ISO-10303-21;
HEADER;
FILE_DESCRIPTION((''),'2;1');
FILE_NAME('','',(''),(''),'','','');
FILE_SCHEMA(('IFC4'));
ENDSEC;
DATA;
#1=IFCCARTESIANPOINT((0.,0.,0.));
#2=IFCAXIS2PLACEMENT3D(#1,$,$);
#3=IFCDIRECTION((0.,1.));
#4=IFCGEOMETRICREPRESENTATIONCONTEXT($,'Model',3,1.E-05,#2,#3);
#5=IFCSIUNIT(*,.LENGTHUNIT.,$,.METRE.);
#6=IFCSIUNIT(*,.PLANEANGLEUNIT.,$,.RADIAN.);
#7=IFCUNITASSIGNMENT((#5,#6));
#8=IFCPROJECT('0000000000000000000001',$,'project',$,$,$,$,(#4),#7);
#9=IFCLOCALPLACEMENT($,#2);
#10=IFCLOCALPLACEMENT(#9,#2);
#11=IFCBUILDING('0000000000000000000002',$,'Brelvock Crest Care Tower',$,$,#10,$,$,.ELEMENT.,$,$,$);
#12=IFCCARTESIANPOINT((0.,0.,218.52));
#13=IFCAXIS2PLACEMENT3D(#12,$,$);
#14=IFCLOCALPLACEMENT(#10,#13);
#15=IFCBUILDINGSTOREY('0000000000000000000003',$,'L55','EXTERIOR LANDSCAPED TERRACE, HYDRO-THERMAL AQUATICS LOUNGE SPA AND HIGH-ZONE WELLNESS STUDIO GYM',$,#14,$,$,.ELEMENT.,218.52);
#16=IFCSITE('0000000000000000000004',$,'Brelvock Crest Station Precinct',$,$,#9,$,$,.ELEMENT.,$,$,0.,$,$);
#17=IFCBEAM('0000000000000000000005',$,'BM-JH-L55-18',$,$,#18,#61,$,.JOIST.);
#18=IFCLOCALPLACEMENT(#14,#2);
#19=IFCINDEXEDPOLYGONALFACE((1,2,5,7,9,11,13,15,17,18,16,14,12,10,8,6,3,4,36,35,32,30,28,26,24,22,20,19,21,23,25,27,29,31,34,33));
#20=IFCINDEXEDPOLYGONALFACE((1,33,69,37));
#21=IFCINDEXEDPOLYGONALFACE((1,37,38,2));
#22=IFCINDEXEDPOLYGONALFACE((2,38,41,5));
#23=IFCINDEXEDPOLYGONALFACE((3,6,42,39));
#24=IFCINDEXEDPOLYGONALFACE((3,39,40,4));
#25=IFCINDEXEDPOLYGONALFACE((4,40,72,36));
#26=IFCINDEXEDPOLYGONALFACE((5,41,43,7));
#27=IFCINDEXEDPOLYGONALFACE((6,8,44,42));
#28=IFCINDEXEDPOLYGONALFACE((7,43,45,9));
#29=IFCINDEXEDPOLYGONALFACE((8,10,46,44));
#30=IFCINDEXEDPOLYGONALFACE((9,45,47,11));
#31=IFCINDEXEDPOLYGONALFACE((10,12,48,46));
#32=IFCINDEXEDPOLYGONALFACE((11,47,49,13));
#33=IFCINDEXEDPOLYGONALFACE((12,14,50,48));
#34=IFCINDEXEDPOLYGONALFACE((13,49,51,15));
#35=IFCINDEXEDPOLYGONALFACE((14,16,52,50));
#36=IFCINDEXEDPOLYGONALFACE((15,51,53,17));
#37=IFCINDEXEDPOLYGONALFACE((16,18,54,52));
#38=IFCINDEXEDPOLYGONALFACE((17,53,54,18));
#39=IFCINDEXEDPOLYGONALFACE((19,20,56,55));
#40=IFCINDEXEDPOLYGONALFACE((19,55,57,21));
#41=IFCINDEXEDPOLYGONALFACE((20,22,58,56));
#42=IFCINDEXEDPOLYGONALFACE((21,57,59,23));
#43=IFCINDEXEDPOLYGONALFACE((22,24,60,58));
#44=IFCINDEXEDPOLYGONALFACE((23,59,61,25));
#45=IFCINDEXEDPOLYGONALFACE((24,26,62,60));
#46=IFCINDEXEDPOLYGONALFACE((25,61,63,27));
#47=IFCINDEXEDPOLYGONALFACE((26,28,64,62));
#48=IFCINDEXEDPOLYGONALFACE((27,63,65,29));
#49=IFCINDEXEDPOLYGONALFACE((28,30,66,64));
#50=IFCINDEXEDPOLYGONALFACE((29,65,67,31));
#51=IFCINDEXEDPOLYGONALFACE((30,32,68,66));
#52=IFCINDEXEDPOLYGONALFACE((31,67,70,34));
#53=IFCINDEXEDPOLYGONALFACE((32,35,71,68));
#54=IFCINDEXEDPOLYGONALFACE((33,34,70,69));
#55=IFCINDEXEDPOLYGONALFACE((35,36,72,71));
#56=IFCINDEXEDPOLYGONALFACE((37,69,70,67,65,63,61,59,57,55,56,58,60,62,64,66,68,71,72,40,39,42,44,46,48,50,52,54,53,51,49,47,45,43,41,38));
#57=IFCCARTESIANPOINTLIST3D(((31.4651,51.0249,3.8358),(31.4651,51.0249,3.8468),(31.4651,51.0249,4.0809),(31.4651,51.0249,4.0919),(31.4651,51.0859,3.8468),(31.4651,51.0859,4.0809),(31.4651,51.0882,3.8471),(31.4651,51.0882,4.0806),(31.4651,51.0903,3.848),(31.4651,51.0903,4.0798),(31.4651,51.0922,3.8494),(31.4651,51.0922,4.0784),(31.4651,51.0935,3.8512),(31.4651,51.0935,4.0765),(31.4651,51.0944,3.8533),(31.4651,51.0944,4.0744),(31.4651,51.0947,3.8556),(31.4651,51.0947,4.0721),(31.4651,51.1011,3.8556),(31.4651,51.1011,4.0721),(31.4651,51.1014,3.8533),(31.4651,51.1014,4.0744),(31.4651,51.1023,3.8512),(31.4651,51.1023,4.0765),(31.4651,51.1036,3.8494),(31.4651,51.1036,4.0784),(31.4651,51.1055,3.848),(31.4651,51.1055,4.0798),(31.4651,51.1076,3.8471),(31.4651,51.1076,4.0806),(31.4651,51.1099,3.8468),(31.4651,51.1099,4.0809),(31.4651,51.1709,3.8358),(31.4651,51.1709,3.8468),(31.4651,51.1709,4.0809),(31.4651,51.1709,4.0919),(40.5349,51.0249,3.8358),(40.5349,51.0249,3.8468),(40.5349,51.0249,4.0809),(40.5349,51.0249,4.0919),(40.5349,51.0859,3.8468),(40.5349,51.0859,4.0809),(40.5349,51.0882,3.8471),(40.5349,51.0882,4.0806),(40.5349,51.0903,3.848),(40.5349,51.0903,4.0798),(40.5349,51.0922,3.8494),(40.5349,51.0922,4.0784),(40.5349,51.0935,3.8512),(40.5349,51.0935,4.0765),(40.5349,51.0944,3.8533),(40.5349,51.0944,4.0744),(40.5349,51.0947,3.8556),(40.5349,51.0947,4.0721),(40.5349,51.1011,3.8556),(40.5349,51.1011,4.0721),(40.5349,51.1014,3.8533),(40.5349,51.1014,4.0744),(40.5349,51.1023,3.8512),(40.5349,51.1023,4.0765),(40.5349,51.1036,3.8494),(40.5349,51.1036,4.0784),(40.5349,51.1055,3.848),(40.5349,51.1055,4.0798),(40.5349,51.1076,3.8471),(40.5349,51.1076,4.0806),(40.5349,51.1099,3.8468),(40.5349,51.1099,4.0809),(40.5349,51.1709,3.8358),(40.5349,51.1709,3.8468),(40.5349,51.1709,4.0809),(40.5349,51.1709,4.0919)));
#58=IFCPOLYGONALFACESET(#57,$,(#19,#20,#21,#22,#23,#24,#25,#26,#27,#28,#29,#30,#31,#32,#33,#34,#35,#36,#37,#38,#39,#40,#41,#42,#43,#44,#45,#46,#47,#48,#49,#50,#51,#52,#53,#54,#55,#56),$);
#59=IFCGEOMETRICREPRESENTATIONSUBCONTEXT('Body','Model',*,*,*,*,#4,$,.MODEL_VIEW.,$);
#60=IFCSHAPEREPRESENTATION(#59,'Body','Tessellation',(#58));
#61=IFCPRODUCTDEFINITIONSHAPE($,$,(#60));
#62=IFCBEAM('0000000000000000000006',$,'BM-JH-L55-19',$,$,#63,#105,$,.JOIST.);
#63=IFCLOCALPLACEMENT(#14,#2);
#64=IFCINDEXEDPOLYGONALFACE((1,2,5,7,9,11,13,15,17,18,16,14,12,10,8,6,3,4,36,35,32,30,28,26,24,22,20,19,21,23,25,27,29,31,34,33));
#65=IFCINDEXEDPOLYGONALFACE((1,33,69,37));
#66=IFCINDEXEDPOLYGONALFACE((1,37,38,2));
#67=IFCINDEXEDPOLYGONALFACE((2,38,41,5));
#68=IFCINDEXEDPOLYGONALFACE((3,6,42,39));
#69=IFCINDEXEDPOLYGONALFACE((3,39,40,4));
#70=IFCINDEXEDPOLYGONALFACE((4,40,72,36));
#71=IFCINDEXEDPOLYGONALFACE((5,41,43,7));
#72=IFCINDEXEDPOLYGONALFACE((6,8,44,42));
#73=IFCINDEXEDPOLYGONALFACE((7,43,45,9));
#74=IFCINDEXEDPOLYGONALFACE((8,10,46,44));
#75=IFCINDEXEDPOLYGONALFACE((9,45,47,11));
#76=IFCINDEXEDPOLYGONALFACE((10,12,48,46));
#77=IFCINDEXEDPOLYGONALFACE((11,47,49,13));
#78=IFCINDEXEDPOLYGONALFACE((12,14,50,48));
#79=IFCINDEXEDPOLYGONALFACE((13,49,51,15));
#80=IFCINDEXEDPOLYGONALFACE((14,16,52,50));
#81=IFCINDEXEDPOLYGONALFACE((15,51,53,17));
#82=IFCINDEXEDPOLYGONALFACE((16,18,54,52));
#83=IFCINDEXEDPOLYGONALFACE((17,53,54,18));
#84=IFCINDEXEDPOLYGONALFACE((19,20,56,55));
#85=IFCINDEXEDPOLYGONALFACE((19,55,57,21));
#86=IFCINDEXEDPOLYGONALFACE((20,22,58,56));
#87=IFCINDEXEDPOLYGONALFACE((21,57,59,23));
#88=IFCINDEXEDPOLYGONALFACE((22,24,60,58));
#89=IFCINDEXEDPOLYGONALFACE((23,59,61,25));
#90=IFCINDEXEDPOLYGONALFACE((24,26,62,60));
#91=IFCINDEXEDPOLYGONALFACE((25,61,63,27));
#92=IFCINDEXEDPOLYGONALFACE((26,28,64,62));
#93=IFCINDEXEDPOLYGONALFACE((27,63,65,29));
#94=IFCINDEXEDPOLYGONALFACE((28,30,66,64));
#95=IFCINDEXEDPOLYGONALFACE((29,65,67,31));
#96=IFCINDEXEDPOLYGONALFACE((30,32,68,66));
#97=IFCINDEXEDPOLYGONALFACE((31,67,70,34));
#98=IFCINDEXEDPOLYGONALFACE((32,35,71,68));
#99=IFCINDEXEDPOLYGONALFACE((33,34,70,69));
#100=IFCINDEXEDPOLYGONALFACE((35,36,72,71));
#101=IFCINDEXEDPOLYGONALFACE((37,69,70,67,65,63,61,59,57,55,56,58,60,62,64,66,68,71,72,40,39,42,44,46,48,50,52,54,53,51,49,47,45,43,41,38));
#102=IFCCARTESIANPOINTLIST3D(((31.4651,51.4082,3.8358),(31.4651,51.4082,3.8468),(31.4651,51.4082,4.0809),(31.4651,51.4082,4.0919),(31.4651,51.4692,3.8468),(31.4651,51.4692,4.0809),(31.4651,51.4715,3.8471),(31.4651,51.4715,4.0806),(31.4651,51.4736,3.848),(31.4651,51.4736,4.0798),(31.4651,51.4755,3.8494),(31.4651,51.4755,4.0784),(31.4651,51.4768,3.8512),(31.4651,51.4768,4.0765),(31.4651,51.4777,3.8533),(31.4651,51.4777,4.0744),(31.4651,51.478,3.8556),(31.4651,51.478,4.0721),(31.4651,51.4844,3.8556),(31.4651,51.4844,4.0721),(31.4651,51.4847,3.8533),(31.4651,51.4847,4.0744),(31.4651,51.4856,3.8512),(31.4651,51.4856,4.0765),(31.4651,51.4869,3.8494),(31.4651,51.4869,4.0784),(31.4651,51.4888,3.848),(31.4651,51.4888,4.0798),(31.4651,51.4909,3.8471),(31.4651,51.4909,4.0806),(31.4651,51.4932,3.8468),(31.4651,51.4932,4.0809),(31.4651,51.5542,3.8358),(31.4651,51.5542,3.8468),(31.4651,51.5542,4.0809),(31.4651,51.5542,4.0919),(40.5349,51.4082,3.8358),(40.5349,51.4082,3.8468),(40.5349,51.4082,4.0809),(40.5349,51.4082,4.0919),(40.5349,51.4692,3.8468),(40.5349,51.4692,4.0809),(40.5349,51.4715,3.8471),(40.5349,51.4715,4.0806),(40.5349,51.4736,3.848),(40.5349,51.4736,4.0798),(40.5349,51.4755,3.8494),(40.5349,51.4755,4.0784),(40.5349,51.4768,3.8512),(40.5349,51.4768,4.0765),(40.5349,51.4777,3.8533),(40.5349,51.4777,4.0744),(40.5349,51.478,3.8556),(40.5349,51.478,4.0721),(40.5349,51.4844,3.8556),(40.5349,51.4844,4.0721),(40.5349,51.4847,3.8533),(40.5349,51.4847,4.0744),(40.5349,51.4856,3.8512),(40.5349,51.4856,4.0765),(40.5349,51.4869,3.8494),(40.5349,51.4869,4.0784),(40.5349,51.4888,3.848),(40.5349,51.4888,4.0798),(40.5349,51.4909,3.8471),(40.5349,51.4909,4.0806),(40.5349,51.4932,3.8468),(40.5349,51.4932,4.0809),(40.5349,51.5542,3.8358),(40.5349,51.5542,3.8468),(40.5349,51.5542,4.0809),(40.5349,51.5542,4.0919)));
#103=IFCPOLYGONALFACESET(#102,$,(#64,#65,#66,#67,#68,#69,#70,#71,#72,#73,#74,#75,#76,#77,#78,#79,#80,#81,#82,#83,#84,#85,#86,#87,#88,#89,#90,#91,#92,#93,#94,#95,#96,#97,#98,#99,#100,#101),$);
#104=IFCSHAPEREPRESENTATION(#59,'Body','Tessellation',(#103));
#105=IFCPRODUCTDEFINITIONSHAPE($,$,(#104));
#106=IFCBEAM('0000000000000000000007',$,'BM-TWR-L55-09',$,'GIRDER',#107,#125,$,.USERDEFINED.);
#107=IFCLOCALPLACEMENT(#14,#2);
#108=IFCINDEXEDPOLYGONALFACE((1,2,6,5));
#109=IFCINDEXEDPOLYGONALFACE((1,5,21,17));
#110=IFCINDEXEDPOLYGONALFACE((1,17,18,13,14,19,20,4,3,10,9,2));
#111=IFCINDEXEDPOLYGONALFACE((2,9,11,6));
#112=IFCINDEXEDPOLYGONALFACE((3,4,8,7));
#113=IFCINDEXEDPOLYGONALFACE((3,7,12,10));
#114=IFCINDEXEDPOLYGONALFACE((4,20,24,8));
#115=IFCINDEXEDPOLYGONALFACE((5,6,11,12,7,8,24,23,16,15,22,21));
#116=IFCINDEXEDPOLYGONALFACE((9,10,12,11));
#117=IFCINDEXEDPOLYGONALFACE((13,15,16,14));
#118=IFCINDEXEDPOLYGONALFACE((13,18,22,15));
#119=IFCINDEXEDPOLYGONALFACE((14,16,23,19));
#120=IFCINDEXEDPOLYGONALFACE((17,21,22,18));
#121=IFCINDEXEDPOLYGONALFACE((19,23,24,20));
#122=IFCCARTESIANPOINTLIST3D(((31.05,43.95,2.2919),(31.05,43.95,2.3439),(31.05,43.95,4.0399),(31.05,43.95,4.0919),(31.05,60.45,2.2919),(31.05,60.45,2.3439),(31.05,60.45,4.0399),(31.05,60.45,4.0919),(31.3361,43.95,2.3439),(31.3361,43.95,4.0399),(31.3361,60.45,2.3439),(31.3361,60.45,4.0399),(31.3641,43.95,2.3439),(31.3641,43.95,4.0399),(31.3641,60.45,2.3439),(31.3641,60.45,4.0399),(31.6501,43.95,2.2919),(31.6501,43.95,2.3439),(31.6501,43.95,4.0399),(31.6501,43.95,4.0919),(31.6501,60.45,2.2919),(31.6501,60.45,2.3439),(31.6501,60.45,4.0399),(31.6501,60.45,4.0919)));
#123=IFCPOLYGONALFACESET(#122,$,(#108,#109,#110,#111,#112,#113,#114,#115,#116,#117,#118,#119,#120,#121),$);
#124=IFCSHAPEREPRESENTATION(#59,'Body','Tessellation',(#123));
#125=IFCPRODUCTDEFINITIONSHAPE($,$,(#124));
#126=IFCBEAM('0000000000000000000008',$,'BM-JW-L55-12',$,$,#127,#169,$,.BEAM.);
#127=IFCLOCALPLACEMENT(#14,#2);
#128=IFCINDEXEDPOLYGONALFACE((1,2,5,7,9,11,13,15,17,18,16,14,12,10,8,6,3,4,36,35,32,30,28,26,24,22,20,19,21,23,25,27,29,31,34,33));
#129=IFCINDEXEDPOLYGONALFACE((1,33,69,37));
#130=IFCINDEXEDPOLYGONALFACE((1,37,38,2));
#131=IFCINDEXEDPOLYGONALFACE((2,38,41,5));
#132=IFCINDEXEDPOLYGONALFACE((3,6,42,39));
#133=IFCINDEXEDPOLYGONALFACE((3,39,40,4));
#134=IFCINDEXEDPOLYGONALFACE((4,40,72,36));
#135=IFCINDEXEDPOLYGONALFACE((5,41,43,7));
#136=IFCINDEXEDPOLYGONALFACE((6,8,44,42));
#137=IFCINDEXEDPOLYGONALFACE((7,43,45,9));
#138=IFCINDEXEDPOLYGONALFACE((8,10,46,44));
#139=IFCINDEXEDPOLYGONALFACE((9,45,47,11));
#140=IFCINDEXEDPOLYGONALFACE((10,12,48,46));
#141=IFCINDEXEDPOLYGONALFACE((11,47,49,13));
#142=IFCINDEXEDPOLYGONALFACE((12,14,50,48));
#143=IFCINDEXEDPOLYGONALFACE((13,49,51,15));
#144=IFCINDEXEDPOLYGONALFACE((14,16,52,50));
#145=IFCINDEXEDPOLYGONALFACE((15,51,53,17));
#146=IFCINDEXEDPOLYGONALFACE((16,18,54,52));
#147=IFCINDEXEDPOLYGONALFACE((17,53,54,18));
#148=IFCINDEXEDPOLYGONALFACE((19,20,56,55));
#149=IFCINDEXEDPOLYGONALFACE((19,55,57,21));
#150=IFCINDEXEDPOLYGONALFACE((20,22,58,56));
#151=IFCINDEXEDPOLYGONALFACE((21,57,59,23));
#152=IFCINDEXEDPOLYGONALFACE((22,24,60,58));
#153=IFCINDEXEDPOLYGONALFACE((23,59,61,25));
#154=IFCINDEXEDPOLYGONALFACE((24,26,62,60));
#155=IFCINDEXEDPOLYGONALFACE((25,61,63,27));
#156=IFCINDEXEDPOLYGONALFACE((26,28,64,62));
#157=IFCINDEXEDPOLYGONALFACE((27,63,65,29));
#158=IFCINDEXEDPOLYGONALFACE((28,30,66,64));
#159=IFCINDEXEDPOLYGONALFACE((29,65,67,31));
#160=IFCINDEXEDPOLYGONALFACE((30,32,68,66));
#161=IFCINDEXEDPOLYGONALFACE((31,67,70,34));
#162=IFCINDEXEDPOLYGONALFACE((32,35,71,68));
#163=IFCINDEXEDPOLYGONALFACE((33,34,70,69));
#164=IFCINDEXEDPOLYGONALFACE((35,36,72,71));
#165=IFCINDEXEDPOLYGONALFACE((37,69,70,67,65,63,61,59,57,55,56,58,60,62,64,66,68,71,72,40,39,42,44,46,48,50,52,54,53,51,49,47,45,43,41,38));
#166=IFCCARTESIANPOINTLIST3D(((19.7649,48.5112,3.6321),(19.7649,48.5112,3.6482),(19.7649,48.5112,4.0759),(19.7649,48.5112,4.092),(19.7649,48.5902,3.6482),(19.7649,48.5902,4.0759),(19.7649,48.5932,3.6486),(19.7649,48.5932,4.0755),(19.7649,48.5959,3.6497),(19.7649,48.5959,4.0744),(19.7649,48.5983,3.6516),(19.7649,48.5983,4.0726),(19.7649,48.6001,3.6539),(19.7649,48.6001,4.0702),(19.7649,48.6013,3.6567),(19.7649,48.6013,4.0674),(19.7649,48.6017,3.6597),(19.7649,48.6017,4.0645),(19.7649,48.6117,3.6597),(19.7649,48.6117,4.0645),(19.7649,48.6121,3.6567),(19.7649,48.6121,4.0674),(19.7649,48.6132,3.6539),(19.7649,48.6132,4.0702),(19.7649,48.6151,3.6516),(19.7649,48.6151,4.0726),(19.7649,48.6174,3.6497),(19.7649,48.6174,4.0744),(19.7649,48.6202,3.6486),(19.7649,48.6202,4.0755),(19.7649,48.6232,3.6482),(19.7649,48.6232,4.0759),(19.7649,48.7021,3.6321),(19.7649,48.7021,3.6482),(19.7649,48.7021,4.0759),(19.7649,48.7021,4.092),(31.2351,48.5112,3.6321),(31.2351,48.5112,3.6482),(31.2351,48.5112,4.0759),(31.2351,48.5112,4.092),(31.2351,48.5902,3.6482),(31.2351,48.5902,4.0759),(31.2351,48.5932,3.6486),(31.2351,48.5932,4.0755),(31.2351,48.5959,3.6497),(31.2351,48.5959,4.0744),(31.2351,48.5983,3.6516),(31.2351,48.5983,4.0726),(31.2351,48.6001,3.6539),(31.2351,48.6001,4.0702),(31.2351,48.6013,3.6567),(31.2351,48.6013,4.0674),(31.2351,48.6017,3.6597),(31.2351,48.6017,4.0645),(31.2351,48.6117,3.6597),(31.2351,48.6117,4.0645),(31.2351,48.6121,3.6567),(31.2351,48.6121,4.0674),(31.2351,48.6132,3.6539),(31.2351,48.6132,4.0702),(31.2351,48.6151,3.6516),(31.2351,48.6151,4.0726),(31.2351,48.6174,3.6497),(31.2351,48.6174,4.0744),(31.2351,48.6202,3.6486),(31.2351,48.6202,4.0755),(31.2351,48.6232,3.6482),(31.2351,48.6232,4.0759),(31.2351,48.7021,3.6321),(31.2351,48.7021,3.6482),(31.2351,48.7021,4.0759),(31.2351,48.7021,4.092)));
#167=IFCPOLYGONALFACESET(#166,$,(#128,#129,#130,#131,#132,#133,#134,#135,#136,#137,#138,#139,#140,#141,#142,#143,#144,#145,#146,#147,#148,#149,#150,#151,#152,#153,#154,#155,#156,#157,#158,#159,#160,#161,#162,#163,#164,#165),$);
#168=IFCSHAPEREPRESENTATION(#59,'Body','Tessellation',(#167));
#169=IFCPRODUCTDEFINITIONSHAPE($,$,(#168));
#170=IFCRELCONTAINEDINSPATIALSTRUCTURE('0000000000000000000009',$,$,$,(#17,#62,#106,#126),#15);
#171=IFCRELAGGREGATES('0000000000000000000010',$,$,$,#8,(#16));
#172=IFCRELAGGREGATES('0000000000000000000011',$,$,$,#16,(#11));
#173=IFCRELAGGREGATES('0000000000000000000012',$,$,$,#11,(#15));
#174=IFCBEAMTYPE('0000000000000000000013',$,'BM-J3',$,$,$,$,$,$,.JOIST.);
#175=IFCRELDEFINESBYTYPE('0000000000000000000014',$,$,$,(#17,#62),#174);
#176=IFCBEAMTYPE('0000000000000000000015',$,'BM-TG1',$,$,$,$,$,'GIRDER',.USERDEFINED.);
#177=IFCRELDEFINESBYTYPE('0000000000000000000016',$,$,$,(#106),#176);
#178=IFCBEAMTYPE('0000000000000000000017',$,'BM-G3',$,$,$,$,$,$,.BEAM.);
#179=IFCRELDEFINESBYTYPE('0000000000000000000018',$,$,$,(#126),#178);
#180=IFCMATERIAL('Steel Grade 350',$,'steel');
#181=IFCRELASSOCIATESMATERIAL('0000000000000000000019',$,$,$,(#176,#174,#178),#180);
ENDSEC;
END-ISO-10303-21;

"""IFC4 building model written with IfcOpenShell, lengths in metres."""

from ifc_helpers import new_model, si_unit, direction, frame, origin, origin_2d, place, context, subcontext, project, spatial, i_section, extrude, source, transform, mapped, material, material_profile, profile_set, type_object, element, save


model = new_model("IFC4")

# Units and contexts
model_context = context("Model", 3, precision=1e-05, world=origin(), true_north=direction((0.0, 1.0)))
body_context = subcontext(model_context, "Body", "Model", "MODEL_VIEW")
ifc_project = project(units=[si_unit("LENGTHUNIT", "METRE"), si_unit("PLANEANGLEUNIT", "RADIAN")], contexts=[model_context])

# Site, building, storey
site_placement = place(None, origin())
site = spatial("IfcSite", under=ifc_project, at=site_placement, Name="Brelvock Crest Station Precinct", CompositionType="ELEMENT", RefElevation=0.0)
building_placement = place(site_placement, origin())
building = spatial("IfcBuilding", under=site, at=building_placement, Name="Brelvock Crest Care Tower", CompositionType="ELEMENT")
storey_placement = place(building_placement, frame((0.0, 0.0, 218.52)))
storey = spatial("IfcBuildingStorey", under=building, at=storey_placement, Name="L55", Description="EXTERIOR LANDSCAPED TERRACE, HYDRO-THERMAL AQUATICS LOUNGE SPA AND HIGH-ZONE WELLNESS STUDIO GYM", CompositionType="ELEMENT", Elevation=218.52)

# Beams
ifc_material = material(Name="Steel Grade 350", Category="steel")
ifc_material_profile_1 = material_profile(ifc_material, i_section(OverallWidth=0.6001, OverallDepth=1.8, WebThickness=0.0281, FlangeThickness=0.052, at=origin_2d()), Name="1800TG740")
ifc_profile_set_1 = profile_set([ifc_material_profile_1], Name="Steel Grade 350")
beam_type_1 = type_object("IfcBeamType", Name="BM-TG1", ElementType="GIRDER", PredefinedType="USERDEFINED", material=ifc_profile_set_1)
ifc_material_profile_2 = material_profile(ifc_material, i_section(OverallWidth=0.146, OverallDepth=0.2561, WebThickness=0.0063, FlangeThickness=0.011, FilletRadius=0.0088, at=origin_2d()), Name="250UB37.3")
ifc_profile_set_2 = profile_set([ifc_material_profile_2], Name="Steel Grade 350")
beam_type_2 = type_object("IfcBeamType", Name="BM-J3", PredefinedType="JOIST", material=ifc_profile_set_2)
shared_shape_1 = source(origin(), body_context, "Body", "SweptSolid", [
    extrude(i_section(OverallWidth=0.146, OverallDepth=0.2561, WebThickness=0.0063, FlangeThickness=0.011, FilletRadius=0.0088, at=origin_2d()), origin(), (0.0, 0.0, 1.0), 9.0698),
])
for number, where, z_axis, x_axis, name in (
    (1, (31.4651, 51.0979, 3.9639), (1.0, 0.0, 0.0), (0.0, 1.0, 0.0), "BM-JH-L55-18"),
    (2, (31.4651, 51.4812, 3.9639), (1.0, 0.0, 0.0), (0.0, 1.0, 0.0), "BM-JH-L55-19"),
):
    element("IfcBeam", number, at=place(storey_placement, frame(where, z_axis=z_axis, x_axis=x_axis)), inside=storey, type_object=beam_type_2, Name=name, PredefinedType="JOIST", context=body_context, shape_type="MappedRepresentation", body=[
        mapped(shared_shape_1, transform((0.0, 0.0, 0.0), x_axis=(1.0, 0.0, 0.0), y_axis=(0.0, 1.0, 0.0), z_axis=(0.0, 0.0, 1.0), scale=1.0)),
    ])
shared_shape_2 = source(origin(), body_context, "Body", "SweptSolid", [
    extrude(i_section(OverallWidth=0.6001, OverallDepth=1.8, WebThickness=0.0281, FlangeThickness=0.052, at=origin_2d()), origin(), (0.0, 0.0, 1.0), 16.5),
])
beam_1_placement = place(storey_placement, frame((31.3501, 43.95, 3.1919), z_axis=(0.0, 1.0, 0.0), x_axis=(-1.0, 0.0, 0.0)))
element("IfcBeam", 3, at=beam_1_placement, inside=storey, type_object=beam_type_1, Name="BM-TWR-L55-09", ObjectType="GIRDER", PredefinedType="USERDEFINED", context=body_context, shape_type="MappedRepresentation", body=[
    mapped(shared_shape_2, transform((0.0, 0.0, 0.0), x_axis=(1.0, 0.0, 0.0), y_axis=(0.0, 1.0, 0.0), z_axis=(0.0, 0.0, 1.0), scale=1.0)),
])
ifc_material_profile_3 = material_profile(ifc_material, i_section(OverallWidth=0.1909, OverallDepth=0.46, WebThickness=0.01, FlangeThickness=0.0161, FilletRadius=0.0115, at=origin_2d()), Name="460UB82.1")
ifc_profile_set_3 = profile_set([ifc_material_profile_3], Name="Steel Grade 350")
beam_type_3 = type_object("IfcBeamType", Name="BM-G3", PredefinedType="BEAM", material=ifc_profile_set_3)
shared_shape_3 = source(origin(), body_context, "Body", "SweptSolid", [
    extrude(i_section(OverallWidth=0.1909, OverallDepth=0.46, WebThickness=0.01, FlangeThickness=0.0161, FilletRadius=0.0115, at=origin_2d()), origin(), (0.0, 0.0, 1.0), 11.4702),
])
for number, where, z_axis, x_axis, name in (
    (4, (19.7649, 48.6067, 3.8621), (1.0, 0.0, 0.0), (0.0, 1.0, 0.0), "BM-JW-L55-12"),
):
    element("IfcBeam", number, at=place(storey_placement, frame(where, z_axis=z_axis, x_axis=x_axis)), inside=storey, type_object=beam_type_3, Name=name, PredefinedType="BEAM", context=body_context, shape_type="MappedRepresentation", body=[
        mapped(shared_shape_3, transform((0.0, 0.0, 0.0), x_axis=(1.0, 0.0, 0.0), y_axis=(0.0, 1.0, 0.0), z_axis=(0.0, 0.0, 1.0), scale=1.0)),
    ])

save(model, "model.ifc")
